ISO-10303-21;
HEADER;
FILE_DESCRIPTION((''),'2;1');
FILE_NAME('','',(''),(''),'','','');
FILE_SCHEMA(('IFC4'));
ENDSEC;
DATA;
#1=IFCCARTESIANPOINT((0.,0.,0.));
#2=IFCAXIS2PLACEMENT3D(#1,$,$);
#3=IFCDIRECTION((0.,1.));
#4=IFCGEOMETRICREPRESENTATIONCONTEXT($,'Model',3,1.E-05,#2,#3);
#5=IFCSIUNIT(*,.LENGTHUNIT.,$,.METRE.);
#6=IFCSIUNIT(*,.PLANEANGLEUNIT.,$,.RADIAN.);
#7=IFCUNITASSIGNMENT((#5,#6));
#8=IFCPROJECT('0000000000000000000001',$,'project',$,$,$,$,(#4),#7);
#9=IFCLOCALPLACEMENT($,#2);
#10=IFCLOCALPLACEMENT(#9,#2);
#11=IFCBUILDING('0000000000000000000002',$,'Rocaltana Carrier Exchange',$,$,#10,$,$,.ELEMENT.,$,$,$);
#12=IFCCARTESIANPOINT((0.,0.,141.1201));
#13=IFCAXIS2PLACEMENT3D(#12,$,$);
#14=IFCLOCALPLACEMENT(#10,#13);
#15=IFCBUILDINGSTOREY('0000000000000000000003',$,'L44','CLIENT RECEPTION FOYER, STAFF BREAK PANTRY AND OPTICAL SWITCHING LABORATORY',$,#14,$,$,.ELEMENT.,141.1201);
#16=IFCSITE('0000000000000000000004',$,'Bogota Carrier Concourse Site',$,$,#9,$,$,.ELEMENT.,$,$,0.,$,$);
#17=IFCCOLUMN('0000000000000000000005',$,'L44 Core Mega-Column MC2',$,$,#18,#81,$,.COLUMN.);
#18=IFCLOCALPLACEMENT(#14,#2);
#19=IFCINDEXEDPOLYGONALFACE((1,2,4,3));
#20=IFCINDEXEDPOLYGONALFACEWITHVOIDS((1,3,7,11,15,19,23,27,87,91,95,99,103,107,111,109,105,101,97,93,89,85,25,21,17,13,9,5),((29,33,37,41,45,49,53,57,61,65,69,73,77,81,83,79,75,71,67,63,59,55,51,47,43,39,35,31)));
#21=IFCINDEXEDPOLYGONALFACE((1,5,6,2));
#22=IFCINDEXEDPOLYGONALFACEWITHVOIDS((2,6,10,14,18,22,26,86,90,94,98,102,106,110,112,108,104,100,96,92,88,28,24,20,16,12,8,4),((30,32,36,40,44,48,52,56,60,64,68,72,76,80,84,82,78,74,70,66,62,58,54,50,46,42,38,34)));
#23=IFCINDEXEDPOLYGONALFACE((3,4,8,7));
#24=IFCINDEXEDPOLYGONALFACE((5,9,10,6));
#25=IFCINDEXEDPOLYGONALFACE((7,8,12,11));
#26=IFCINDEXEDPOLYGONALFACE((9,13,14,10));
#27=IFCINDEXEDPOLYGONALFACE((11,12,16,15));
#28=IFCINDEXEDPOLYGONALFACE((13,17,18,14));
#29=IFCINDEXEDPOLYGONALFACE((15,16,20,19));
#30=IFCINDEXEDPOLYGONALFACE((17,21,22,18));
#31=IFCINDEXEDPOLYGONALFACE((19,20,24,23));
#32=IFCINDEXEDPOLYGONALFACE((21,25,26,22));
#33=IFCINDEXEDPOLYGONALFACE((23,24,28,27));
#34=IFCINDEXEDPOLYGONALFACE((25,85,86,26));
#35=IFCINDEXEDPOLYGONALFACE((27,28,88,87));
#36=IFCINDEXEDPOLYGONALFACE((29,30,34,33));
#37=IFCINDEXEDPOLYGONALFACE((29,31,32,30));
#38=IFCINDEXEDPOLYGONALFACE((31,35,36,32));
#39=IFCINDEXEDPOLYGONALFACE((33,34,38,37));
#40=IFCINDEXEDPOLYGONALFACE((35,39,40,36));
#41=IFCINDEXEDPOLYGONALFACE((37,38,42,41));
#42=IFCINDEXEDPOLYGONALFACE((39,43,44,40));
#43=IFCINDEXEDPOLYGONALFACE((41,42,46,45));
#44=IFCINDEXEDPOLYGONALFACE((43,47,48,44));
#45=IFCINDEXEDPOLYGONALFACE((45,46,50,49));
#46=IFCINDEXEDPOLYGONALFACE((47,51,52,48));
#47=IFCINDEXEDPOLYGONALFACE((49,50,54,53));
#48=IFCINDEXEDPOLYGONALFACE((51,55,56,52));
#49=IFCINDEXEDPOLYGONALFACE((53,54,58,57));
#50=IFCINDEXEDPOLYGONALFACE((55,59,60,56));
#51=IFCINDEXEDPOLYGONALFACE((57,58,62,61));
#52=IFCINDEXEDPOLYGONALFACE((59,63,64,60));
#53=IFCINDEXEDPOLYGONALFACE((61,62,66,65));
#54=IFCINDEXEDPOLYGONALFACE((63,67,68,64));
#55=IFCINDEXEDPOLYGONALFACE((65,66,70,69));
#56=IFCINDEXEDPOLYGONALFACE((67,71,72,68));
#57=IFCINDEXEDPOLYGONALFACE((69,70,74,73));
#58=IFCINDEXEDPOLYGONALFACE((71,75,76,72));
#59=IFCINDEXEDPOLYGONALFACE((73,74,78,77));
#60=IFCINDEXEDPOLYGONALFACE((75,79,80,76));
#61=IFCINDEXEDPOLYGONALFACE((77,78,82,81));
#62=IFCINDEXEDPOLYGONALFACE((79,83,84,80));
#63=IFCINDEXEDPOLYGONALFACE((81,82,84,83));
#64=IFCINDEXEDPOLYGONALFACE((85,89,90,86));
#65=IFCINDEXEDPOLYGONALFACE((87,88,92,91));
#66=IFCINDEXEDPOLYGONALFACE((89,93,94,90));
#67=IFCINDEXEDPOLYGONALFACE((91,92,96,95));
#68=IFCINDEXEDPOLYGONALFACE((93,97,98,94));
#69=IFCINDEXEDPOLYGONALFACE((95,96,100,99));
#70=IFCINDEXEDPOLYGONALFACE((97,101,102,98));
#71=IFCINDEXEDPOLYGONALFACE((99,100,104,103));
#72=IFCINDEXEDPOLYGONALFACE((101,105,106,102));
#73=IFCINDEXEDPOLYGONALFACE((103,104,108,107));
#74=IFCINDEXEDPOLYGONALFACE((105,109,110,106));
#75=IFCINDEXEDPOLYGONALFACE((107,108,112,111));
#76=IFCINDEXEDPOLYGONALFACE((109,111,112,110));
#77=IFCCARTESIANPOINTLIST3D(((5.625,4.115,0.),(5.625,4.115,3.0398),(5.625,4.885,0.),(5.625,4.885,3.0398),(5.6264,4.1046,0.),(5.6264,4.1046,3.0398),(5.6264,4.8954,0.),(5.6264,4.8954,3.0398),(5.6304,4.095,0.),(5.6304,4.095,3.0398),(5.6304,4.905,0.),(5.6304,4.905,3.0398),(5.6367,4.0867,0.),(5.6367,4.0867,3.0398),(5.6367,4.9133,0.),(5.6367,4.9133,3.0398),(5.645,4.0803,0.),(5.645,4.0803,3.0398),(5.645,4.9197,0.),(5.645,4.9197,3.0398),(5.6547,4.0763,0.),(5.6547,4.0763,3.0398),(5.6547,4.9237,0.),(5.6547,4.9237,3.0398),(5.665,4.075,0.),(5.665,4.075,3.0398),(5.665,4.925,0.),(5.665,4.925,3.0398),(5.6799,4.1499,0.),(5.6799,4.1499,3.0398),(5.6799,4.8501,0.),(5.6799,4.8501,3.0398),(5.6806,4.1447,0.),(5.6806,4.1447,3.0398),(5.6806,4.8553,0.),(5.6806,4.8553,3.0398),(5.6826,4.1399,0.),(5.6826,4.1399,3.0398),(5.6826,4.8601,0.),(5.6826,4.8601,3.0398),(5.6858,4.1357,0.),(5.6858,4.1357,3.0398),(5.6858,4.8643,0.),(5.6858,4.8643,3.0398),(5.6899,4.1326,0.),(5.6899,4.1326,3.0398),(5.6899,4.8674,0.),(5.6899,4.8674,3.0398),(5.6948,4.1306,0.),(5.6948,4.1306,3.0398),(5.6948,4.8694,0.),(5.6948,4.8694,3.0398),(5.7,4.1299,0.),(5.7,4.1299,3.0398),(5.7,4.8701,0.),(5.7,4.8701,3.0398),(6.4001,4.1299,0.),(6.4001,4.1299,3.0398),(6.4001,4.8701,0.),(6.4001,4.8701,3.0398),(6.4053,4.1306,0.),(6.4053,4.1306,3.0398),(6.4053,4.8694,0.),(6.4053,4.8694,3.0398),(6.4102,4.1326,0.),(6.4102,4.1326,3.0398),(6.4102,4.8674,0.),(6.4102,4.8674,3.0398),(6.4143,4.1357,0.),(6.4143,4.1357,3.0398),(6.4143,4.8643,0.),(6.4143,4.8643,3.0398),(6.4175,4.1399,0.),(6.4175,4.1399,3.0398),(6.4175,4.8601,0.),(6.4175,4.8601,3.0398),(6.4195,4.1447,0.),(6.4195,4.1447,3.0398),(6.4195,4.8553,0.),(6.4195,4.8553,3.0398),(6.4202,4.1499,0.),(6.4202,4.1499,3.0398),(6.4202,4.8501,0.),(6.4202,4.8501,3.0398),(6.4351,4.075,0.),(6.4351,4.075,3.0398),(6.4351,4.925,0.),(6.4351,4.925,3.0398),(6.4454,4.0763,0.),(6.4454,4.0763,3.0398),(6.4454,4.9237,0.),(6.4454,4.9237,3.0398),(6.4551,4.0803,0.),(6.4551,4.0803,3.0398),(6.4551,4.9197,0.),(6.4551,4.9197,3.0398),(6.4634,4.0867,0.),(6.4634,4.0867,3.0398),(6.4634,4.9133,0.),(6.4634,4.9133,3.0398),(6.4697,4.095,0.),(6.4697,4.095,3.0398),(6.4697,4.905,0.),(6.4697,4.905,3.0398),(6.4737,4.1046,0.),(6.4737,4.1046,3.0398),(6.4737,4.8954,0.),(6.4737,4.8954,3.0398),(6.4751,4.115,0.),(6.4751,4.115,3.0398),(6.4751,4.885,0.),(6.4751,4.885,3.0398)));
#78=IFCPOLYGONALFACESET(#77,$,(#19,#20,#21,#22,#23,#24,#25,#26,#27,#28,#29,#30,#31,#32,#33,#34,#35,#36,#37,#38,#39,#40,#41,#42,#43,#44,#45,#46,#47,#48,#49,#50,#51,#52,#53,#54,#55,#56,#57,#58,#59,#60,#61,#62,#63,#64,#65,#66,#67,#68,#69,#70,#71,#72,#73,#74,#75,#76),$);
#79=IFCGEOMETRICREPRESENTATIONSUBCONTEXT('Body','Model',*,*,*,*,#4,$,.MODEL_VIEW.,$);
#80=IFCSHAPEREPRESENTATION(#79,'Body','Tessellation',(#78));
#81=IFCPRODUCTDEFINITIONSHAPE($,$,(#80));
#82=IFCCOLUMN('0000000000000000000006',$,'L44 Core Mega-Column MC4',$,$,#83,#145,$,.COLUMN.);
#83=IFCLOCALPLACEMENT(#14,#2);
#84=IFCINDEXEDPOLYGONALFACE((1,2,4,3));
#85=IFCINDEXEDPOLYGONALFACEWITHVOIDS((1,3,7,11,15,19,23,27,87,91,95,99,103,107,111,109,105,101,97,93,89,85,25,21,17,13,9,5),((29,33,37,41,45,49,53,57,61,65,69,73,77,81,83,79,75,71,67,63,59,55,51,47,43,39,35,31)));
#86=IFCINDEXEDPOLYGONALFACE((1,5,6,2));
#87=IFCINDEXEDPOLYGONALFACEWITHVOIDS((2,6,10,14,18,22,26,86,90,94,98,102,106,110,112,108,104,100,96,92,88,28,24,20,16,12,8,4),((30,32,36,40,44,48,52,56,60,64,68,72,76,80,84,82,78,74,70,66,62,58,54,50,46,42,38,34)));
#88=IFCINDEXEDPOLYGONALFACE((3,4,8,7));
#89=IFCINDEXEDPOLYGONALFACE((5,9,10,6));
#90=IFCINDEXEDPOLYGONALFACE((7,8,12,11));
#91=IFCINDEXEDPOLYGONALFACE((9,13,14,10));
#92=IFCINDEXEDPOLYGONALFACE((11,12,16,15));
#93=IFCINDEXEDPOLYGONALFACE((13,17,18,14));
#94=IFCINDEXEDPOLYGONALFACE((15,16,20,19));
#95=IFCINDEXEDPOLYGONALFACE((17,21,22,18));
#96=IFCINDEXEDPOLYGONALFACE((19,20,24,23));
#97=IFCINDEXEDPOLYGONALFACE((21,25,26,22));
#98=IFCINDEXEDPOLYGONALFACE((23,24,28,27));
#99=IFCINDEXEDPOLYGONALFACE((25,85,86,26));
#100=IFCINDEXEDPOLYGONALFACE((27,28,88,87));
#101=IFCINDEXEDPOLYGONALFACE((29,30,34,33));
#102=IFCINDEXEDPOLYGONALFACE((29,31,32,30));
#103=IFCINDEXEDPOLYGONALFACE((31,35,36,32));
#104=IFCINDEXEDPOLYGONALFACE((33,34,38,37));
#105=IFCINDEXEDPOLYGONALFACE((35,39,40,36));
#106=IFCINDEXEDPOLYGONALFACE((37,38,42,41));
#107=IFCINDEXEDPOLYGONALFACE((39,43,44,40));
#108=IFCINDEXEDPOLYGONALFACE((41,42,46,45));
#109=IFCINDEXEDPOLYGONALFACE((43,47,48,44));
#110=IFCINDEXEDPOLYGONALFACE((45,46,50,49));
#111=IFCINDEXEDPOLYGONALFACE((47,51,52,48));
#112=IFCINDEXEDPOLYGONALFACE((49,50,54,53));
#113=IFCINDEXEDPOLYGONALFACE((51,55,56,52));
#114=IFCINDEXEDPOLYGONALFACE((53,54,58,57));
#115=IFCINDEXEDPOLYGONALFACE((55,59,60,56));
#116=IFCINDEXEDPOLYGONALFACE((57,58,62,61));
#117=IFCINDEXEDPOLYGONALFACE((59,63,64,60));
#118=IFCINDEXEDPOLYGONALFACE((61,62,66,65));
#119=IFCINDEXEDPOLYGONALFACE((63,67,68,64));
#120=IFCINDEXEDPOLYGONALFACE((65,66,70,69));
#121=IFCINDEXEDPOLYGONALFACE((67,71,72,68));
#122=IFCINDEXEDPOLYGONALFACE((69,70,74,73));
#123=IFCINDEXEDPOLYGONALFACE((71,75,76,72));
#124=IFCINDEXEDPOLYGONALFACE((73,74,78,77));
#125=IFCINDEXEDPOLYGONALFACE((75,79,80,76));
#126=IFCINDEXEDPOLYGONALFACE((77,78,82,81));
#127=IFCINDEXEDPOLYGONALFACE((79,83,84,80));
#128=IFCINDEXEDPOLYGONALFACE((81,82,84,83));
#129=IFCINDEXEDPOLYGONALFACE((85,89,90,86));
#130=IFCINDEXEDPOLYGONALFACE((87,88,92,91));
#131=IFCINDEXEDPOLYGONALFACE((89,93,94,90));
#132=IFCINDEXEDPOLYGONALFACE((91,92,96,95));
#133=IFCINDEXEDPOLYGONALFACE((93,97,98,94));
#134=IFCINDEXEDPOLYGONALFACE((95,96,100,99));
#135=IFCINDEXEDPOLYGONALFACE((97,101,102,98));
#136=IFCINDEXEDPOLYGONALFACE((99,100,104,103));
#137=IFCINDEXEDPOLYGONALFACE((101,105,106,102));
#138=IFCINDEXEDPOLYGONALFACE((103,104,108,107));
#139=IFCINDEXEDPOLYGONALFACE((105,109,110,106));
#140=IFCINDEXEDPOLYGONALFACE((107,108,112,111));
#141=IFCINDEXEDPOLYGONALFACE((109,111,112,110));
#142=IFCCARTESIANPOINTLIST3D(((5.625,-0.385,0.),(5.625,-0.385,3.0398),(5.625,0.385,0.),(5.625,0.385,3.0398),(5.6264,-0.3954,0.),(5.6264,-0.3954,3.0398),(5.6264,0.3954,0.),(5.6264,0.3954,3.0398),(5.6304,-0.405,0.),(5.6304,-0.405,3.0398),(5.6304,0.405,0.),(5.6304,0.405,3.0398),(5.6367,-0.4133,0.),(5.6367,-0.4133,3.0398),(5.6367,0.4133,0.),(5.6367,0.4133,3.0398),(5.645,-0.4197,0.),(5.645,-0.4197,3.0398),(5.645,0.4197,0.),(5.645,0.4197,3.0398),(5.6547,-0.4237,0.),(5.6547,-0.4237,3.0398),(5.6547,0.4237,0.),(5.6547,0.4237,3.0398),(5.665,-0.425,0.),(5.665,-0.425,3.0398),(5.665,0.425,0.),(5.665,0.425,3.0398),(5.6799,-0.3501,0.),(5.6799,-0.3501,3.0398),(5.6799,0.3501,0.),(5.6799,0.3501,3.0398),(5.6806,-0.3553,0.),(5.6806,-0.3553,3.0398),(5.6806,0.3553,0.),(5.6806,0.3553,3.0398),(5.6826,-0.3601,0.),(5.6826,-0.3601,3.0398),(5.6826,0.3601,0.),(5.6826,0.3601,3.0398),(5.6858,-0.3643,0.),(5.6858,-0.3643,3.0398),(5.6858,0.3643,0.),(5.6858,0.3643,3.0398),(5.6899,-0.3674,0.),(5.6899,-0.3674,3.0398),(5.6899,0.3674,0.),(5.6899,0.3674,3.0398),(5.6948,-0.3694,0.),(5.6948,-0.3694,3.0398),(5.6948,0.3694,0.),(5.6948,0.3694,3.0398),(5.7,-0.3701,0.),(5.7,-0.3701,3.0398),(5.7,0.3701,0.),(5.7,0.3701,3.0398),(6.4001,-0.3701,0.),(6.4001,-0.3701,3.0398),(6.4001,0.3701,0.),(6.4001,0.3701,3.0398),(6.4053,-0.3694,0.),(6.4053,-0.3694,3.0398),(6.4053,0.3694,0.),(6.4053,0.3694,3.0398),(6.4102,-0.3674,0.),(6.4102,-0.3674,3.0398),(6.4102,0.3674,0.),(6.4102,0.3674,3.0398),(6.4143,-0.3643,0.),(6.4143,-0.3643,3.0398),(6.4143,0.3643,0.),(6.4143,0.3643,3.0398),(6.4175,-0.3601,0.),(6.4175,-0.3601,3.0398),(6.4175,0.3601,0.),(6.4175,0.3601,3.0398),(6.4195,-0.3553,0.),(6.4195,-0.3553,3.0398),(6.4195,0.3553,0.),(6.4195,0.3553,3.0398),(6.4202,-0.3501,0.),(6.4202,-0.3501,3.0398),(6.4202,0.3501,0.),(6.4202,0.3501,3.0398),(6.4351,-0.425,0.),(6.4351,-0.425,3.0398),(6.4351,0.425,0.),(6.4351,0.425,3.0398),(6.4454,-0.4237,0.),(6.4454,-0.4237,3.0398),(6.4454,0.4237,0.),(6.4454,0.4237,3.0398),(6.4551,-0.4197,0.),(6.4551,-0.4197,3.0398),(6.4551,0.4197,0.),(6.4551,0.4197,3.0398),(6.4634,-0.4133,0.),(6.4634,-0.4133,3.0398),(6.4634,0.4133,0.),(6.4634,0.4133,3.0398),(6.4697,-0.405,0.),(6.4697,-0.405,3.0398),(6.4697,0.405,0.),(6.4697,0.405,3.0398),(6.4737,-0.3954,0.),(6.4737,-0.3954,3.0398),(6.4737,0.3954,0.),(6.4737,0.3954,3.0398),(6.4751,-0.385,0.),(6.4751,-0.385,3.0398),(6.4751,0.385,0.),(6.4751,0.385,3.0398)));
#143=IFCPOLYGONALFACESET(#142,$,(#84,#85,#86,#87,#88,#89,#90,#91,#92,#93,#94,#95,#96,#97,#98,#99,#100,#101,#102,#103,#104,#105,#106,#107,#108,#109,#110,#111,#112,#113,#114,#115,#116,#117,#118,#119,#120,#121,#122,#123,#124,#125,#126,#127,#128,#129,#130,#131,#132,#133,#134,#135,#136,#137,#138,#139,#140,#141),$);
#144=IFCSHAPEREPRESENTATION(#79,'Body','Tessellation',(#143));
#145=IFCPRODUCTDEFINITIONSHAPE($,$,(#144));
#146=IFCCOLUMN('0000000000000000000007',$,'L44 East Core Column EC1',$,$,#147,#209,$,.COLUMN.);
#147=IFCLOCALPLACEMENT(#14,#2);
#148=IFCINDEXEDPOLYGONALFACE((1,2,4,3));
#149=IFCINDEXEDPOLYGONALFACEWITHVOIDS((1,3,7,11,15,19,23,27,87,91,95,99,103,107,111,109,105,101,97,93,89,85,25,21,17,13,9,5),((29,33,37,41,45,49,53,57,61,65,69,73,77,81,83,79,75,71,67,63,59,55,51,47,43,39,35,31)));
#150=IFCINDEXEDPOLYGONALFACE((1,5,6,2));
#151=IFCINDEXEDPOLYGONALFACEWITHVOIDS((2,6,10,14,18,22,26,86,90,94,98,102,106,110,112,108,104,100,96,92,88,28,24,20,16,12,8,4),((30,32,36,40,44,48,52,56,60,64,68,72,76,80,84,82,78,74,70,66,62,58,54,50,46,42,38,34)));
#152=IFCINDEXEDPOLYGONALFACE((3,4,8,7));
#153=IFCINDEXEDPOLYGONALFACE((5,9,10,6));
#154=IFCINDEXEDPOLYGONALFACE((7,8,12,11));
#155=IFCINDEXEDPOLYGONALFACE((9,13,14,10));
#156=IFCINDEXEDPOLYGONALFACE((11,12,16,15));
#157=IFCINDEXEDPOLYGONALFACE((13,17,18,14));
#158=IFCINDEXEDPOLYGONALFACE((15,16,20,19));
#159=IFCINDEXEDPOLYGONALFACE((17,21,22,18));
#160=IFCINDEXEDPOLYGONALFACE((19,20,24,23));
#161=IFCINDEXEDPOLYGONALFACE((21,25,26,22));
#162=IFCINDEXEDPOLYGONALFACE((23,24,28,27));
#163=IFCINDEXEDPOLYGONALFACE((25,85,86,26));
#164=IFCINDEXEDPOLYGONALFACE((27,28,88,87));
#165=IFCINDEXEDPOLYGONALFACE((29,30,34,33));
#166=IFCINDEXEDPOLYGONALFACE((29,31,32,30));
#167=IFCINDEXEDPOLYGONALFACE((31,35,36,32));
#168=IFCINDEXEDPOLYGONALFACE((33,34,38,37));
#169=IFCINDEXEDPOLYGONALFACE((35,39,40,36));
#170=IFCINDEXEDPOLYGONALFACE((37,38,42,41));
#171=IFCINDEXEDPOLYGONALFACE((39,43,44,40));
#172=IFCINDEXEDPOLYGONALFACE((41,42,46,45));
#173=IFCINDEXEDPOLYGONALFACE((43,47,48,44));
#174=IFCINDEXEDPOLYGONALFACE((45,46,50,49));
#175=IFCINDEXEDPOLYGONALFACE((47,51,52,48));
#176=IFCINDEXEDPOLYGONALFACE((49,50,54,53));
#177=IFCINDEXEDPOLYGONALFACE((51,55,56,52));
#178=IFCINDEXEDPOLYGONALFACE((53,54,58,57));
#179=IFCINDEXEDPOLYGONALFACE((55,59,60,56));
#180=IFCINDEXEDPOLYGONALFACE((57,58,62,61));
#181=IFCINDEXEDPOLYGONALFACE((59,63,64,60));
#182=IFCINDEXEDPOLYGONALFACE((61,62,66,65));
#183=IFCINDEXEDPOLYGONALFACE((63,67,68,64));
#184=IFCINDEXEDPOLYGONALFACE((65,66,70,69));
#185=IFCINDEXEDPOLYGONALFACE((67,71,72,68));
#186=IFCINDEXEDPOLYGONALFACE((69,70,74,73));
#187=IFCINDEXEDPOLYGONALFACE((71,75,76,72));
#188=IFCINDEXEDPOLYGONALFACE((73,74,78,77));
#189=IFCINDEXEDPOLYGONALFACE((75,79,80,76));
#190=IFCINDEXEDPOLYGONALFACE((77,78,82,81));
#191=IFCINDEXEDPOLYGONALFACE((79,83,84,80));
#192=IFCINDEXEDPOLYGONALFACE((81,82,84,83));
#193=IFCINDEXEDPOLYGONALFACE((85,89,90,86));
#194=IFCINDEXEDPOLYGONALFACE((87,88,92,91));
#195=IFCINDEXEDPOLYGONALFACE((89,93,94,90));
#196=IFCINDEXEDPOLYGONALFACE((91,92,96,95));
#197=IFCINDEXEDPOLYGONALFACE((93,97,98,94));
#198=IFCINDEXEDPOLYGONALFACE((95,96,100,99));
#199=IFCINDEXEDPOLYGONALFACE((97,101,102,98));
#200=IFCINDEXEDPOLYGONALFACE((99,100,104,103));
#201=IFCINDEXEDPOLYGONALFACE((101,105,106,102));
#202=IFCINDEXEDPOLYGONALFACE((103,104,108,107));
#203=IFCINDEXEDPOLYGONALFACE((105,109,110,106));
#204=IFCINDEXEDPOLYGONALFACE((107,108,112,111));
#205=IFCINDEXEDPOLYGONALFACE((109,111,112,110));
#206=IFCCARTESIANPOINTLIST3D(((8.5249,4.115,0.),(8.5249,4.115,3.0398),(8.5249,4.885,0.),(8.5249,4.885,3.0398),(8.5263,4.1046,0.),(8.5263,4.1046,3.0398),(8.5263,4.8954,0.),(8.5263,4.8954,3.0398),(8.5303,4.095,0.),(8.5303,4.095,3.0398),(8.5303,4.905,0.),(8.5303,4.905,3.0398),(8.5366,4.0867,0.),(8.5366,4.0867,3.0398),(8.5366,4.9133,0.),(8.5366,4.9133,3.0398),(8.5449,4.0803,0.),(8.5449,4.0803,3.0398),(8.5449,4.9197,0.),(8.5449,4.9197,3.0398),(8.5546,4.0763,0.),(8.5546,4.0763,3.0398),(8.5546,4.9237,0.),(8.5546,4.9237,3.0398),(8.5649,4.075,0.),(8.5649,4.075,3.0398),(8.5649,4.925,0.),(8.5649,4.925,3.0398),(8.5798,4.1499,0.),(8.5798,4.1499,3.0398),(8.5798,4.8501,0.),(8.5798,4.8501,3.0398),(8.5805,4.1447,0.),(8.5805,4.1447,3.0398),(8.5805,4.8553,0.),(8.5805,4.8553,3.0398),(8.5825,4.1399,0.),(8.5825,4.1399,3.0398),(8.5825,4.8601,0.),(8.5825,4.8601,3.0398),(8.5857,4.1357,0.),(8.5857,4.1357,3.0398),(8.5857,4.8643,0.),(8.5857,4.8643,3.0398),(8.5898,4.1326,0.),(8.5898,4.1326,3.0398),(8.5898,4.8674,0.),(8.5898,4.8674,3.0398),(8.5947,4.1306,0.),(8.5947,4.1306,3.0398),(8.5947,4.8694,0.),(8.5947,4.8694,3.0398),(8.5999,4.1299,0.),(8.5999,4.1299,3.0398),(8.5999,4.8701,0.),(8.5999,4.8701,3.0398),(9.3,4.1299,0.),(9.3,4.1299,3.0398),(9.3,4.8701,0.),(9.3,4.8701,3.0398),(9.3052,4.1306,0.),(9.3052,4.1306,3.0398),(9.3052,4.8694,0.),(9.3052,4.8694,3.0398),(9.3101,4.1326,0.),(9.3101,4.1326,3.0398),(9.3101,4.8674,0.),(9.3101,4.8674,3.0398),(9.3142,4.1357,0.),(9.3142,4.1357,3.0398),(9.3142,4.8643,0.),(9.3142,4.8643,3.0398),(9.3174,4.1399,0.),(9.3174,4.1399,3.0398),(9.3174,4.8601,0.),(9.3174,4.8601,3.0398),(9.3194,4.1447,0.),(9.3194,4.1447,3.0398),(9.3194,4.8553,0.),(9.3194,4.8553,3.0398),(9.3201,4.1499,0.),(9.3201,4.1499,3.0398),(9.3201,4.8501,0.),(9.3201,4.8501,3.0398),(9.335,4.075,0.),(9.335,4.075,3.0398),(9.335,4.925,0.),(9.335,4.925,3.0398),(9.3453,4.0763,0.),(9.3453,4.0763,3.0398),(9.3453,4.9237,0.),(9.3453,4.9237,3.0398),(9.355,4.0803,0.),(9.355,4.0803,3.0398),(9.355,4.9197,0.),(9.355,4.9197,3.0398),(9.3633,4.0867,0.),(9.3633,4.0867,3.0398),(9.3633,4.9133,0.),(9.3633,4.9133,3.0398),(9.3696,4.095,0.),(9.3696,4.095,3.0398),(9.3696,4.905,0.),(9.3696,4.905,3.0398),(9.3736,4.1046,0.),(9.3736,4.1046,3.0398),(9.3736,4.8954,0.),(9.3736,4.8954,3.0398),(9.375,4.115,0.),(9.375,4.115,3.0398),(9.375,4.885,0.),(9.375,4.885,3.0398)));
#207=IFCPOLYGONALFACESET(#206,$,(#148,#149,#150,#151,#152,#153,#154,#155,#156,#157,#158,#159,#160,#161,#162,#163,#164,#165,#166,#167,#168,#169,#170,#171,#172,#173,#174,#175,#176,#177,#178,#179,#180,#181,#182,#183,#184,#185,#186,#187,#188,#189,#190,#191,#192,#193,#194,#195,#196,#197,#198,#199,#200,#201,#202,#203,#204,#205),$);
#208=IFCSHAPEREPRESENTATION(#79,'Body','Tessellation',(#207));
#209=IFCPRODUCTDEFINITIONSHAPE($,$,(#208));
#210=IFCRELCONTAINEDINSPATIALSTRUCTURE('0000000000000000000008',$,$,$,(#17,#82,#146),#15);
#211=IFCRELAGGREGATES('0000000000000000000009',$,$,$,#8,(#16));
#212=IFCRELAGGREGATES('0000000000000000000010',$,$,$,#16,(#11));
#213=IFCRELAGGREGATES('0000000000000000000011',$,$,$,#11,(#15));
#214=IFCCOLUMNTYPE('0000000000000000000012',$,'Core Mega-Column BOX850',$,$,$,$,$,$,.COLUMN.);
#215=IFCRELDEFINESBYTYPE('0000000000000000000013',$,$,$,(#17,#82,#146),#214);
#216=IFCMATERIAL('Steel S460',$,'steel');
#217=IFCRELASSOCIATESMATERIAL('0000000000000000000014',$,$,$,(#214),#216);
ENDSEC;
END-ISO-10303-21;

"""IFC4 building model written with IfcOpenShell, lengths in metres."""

from ifc_helpers import new_model, si_unit, direction, frame, origin, origin_2d, place, context, subcontext, project, spatial, hollow_rectangle, extrude, material, material_profile, profile_set, type_object, element, save


model = new_model("IFC4")

# Units and contexts
model_context = context("Model", 3, precision=1e-05, world=origin(), true_north=direction((0.0, 1.0)))
body_context = subcontext(model_context, "Body", "Model", "MODEL_VIEW")
ifc_project = project(units=[si_unit("LENGTHUNIT", "METRE"), si_unit("PLANEANGLEUNIT", "RADIAN")], contexts=[model_context])

# Site, building, storey
site_placement = place(None, origin())
site = spatial("IfcSite", under=ifc_project, at=site_placement, Name="Bogota Carrier Concourse Site", CompositionType="ELEMENT", RefElevation=0.0)
building_placement = place(site_placement, origin())
building = spatial("IfcBuilding", under=site, at=building_placement, Name="Rocaltana Carrier Exchange", CompositionType="ELEMENT")
storey_placement = place(building_placement, frame((0.0, 0.0, 141.1201)))
storey = spatial("IfcBuildingStorey", under=building, at=storey_placement, Name="L44", Description="CLIENT RECEPTION FOYER, STAFF BREAK PANTRY AND OPTICAL SWITCHING LABORATORY", CompositionType="ELEMENT", Elevation=141.1201)

# Columns
ifc_material_1 = material(Name="Steel S460", Category="steel")
ifc_material_profile_1 = material_profile(ifc_material_1, hollow_rectangle(XDim=0.8501, YDim=0.8501, WallThickness=0.0549, InnerFilletRadius=0.02, OuterFilletRadius=0.04, at=origin_2d()), Name="BOX850X850X55")
ifc_profile_set_1 = profile_set([ifc_material_profile_1], Name="Steel S460")
column_type = type_object("IfcColumnType", Name="Core Mega-Column BOX850", PredefinedType="COLUMN", material=ifc_profile_set_1)
for number, where, z_axis, x_axis, name in (
    (1, (6.05, 4.5, 0.0), (0.0, 0.0, 1.0), (1.0, 0.0, 0.0), "L44 Core Mega-Column MC2"),
    (2, (6.05, 0.0, 0.0), (0.0, 0.0, 1.0), (1.0, 0.0, 0.0), "L44 Core Mega-Column MC4"),
    (3, (8.95, 4.5, 0.0), (0.0, 0.0, 1.0), (1.0, 0.0, 0.0), "L44 East Core Column EC1"),
):
    element("IfcColumn", number, at=place(storey_placement, frame(where, z_axis=z_axis, x_axis=x_axis)), inside=storey, type_object=column_type, Name=name, PredefinedType="COLUMN", context=body_context, shape_type="SweptSolid", body=[
        extrude(hollow_rectangle(XDim=0.8501, YDim=0.8501, WallThickness=0.0549, InnerFilletRadius=0.02, OuterFilletRadius=0.04, at=origin_2d()), origin(), (0.0, 0.0, 1.0), 3.0398),
    ])

save(model, "model.ifc")
